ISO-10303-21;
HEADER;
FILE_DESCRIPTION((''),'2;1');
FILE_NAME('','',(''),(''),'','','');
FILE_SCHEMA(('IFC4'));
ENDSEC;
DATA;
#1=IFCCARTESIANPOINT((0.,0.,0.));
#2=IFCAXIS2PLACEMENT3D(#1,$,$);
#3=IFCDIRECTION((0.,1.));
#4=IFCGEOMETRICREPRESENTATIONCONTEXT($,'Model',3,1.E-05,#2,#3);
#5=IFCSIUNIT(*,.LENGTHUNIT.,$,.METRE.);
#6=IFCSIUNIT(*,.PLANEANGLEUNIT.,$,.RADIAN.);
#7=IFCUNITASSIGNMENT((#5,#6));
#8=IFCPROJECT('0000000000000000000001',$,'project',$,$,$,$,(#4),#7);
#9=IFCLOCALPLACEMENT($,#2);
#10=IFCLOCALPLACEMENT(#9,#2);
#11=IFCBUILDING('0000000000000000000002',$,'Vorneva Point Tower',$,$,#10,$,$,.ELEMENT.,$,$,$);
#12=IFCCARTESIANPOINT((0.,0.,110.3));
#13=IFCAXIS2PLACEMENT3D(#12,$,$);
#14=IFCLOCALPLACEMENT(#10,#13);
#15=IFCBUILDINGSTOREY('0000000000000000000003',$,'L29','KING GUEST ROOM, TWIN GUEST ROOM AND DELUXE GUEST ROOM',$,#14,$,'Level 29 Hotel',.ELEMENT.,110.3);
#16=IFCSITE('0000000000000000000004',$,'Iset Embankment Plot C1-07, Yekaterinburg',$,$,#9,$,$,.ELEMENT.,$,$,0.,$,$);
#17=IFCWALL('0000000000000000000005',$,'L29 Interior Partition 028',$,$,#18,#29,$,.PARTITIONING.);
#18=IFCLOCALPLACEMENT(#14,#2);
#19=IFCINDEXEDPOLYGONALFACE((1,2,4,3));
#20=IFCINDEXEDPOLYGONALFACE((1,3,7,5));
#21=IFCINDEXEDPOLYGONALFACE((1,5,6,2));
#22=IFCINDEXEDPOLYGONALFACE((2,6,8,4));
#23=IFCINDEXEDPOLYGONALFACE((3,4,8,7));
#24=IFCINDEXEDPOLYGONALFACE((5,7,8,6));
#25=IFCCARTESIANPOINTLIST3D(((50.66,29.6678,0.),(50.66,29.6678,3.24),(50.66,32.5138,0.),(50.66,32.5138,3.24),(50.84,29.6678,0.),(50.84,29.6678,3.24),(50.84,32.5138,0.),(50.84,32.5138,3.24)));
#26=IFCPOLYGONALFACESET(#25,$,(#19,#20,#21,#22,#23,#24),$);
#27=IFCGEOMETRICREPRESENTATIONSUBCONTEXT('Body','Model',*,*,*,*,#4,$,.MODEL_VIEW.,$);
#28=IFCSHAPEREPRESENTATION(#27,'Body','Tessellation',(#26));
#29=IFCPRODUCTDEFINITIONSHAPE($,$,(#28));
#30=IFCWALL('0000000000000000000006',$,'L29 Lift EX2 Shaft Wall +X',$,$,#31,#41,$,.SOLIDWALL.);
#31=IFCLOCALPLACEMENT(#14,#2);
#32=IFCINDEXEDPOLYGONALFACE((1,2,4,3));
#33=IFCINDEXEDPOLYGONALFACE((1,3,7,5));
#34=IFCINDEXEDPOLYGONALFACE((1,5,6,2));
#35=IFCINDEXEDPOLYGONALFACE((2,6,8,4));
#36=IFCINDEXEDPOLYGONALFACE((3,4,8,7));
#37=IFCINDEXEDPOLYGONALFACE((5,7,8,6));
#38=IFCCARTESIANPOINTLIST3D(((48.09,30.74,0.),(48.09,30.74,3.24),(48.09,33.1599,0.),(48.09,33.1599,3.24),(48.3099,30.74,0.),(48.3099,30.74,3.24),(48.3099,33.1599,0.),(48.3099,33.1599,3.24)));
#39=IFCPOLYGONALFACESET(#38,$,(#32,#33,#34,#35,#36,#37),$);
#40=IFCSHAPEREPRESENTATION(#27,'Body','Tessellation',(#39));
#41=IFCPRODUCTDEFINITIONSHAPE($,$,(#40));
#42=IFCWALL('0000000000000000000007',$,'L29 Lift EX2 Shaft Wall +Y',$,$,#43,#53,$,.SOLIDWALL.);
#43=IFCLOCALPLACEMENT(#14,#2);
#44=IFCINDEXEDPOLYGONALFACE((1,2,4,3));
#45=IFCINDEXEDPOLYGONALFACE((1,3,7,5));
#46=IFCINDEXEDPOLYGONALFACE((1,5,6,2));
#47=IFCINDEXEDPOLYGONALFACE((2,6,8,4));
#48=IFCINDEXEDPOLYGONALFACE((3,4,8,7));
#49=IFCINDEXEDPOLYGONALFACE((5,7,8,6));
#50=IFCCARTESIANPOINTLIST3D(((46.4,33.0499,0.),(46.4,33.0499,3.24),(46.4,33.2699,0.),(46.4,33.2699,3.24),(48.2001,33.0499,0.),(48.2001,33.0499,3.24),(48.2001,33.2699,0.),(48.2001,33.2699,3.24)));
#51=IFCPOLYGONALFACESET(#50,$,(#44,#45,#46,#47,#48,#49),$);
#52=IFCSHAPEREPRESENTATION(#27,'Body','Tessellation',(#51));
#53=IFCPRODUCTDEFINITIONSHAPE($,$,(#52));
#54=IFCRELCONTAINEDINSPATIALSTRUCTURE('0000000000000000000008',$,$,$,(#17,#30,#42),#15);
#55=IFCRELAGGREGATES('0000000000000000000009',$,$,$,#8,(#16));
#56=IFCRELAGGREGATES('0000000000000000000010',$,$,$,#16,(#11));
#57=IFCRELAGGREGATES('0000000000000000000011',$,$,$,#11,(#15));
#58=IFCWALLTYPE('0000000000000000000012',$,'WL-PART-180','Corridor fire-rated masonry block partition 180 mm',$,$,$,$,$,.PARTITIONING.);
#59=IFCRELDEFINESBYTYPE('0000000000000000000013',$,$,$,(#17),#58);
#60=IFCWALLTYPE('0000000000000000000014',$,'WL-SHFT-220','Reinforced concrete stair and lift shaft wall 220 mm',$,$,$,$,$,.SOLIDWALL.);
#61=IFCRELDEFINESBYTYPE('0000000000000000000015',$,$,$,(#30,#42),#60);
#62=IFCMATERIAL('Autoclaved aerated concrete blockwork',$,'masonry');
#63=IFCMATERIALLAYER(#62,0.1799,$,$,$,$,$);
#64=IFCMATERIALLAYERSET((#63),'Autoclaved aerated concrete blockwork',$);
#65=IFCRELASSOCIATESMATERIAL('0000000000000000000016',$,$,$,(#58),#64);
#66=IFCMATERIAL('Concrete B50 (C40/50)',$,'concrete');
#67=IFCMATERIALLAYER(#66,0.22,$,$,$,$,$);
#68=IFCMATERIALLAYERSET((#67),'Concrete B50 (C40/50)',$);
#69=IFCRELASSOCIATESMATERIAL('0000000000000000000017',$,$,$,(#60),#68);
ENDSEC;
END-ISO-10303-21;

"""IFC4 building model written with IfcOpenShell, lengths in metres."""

from ifc_helpers import new_model, si_unit, direction, frame, frame_2d, origin, place, context, subcontext, project, spatial, rectangle, extrude, material, layer, layer_set, type_object, element, save


model = new_model("IFC4")

# Units and contexts
model_context = context("Model", 3, precision=1e-05, world=origin(), true_north=direction((0.0, 1.0)))
body_context = subcontext(model_context, "Body", "Model", "MODEL_VIEW")
ifc_project = project(units=[si_unit("LENGTHUNIT", "METRE"), si_unit("PLANEANGLEUNIT", "RADIAN")], contexts=[model_context])

# Site, building, storey
site_placement = place(None, origin())
site = spatial("IfcSite", under=ifc_project, at=site_placement, Name="Iset Embankment Plot C1-07, Yekaterinburg", CompositionType="ELEMENT", RefElevation=0.0)
building_placement = place(site_placement, origin())
building = spatial("IfcBuilding", under=site, at=building_placement, Name="Vorneva Point Tower", CompositionType="ELEMENT")
storey_placement = place(building_placement, frame((0.0, 0.0, 110.3)))
storey = spatial("IfcBuildingStorey", under=building, at=storey_placement, Name="L29", Description="KING GUEST ROOM, TWIN GUEST ROOM AND DELUXE GUEST ROOM", LongName="Level 29 Hotel", CompositionType="ELEMENT", Elevation=110.3)

# Shared definitions
ifc_material_1 = material(Name="Autoclaved aerated concrete blockwork", Category="masonry")
ifc_layer_1 = layer(ifc_material_1, 0.1799)
ifc_layer_set_1 = layer_set([ifc_layer_1], Name="Autoclaved aerated concrete blockwork")
wall_type_1 = type_object("IfcWallType", Name="WL-PART-180", Description="Corridor fire-rated masonry block partition 180 mm", PredefinedType="PARTITIONING", material=ifc_layer_set_1)

# Walls
wall_1_placement = place(storey_placement, frame((50.75, 29.668, 0.0), z_axis=(0.0, 0.0, 1.0), x_axis=(0.0, 1.0, 0.0)))
element("IfcWall", 1, at=wall_1_placement, inside=storey, type_object=wall_type_1, Name="L29 Interior Partition 028", PredefinedType="PARTITIONING", context=body_context, shape_type="SweptSolid", body=[
    extrude(rectangle(XDim=2.8459, YDim=0.1799, at=frame_2d((1.4229, 0.0))), origin(), (0.0, 0.0, 1.0), 3.24),
])
ifc_material_2 = material(Name="Concrete B50 (C40/50)", Category="concrete")
ifc_layer_2 = layer(ifc_material_2, 0.22)
ifc_layer_set_2 = layer_set([ifc_layer_2], Name="Concrete B50 (C40/50)")
wall_type_2 = type_object("IfcWallType", Name="WL-SHFT-220", Description="Reinforced concrete stair and lift shaft wall 220 mm", PredefinedType="SOLIDWALL", material=ifc_layer_set_2)
wall_2_placement = place(storey_placement, frame((48.2, 30.74, 0.0), z_axis=(0.0, 0.0, 1.0), x_axis=(0.0, 1.0, 0.0)))
element("IfcWall", 2, at=wall_2_placement, inside=storey, type_object=wall_type_2, Name="L29 Lift EX2 Shaft Wall +X", PredefinedType="SOLIDWALL", context=body_context, shape_type="SweptSolid", body=[
    extrude(rectangle(XDim=2.4199, YDim=0.22, at=frame_2d((1.21, 0.0))), origin(), (0.0, 0.0, 1.0), 3.24),
])
wall_3_placement = place(storey_placement, frame((48.2, 33.1599, 0.0), z_axis=(0.0, 0.0, 1.0), x_axis=(-1.0, 0.0, 0.0)))
element("IfcWall", 3, at=wall_3_placement, inside=storey, type_object=wall_type_2, Name="L29 Lift EX2 Shaft Wall +Y", PredefinedType="SOLIDWALL", context=body_context, shape_type="SweptSolid", body=[
    extrude(rectangle(XDim=1.8, YDim=0.22, at=frame_2d((0.8999, 0.0))), origin(), (0.0, 0.0, 1.0), 3.24),
])

save(model, "model.ifc")
